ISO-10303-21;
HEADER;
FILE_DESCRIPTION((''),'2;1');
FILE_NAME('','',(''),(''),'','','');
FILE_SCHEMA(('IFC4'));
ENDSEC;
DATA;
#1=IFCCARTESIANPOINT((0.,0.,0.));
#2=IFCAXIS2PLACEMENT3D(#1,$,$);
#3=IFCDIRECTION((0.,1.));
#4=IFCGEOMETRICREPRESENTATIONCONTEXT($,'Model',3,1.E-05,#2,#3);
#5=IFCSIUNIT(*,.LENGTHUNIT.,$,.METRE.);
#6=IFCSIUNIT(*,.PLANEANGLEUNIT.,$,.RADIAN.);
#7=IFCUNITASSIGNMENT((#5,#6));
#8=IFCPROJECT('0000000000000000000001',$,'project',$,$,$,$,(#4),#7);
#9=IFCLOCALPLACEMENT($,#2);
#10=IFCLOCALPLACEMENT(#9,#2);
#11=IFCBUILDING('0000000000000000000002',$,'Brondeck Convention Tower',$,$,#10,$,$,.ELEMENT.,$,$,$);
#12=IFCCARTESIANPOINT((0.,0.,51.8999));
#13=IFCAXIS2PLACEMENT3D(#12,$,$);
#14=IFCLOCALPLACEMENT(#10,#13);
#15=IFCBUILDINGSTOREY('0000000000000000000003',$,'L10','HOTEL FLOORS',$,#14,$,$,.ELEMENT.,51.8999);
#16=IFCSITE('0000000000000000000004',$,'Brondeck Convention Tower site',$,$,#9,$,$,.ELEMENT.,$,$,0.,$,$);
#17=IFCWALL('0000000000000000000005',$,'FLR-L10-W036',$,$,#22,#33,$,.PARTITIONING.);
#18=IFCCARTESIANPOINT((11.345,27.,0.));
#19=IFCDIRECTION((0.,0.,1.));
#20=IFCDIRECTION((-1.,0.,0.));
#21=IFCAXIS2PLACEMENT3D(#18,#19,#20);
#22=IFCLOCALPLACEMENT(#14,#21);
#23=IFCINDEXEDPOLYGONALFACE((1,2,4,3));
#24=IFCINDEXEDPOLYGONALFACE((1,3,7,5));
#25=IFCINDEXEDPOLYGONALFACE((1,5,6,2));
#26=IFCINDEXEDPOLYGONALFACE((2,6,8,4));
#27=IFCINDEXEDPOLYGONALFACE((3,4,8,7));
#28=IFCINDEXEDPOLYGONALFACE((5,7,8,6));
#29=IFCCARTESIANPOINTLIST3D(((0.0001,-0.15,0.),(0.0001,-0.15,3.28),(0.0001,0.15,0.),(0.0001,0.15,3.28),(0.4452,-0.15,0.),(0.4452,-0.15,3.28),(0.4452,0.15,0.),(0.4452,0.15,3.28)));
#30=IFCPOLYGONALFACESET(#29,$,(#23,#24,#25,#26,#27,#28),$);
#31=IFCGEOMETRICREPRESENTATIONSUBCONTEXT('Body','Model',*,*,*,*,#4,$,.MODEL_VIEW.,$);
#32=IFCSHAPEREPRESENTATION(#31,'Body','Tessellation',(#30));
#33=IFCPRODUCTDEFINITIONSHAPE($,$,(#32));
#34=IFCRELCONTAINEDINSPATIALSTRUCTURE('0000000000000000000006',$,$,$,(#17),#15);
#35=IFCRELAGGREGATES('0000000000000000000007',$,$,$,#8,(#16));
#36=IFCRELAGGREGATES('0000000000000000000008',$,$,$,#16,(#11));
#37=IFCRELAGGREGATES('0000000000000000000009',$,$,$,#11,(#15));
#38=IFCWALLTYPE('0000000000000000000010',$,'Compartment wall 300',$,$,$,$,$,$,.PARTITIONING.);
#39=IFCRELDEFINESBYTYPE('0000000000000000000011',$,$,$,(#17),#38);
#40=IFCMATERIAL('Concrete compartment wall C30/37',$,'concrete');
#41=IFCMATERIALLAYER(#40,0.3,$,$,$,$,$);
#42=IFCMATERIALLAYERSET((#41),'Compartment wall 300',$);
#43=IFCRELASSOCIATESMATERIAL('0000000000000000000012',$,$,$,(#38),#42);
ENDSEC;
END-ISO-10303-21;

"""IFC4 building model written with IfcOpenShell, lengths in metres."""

from ifc_helpers import new_model, si_unit, direction, frame, frame_2d, origin, place, context, subcontext, project, spatial, rectangle, extrude, material, layer, layer_set, type_object, element, save


model = new_model("IFC4")

# Units and contexts
model_context = context("Model", 3, precision=1e-05, world=origin(), true_north=direction((0.0, 1.0)))
body_context = subcontext(model_context, "Body", "Model", "MODEL_VIEW")
ifc_project = project(units=[si_unit("LENGTHUNIT", "METRE"), si_unit("PLANEANGLEUNIT", "RADIAN")], contexts=[model_context])

# Site, building, storey
site_placement = place(None, origin())
site = spatial("IfcSite", under=ifc_project, at=site_placement, Name="Brondeck Convention Tower site", CompositionType="ELEMENT", RefElevation=0.0)
building_placement = place(site_placement, origin())
building = spatial("IfcBuilding", under=site, at=building_placement, Name="Brondeck Convention Tower", CompositionType="ELEMENT")
storey_placement = place(building_placement, frame((0.0, 0.0, 51.8999)))
storey = spatial("IfcBuildingStorey", under=building, at=storey_placement, Name="L10", Description="HOTEL FLOORS", CompositionType="ELEMENT", Elevation=51.8999)

# Wall
ifc_material_1 = material(Name="Concrete compartment wall C30/37", Category="concrete")
ifc_layer_1 = layer(ifc_material_1, 0.3)
ifc_layer_set_1 = layer_set([ifc_layer_1], Name="Compartment wall 300")
wall_type_1 = type_object("IfcWallType", Name="Compartment wall 300", PredefinedType="PARTITIONING", material=ifc_layer_set_1)
wall_1_placement = place(storey_placement, frame((11.345, 27.0, 0.0), z_axis=(0.0, 0.0, 1.0), x_axis=(-1.0, 0.0, 0.0)))
element("IfcWall", 1, at=wall_1_placement, inside=storey, type_object=wall_type_1, Name="FLR-L10-W036", PredefinedType="PARTITIONING", context=body_context, shape_type="SweptSolid", body=[
    extrude(rectangle(XDim=0.4451, YDim=0.3, at=frame_2d((0.2227, 0.0))), origin(), (0.0, 0.0, 1.0), 3.28),
])

save(model, "model.ifc")
